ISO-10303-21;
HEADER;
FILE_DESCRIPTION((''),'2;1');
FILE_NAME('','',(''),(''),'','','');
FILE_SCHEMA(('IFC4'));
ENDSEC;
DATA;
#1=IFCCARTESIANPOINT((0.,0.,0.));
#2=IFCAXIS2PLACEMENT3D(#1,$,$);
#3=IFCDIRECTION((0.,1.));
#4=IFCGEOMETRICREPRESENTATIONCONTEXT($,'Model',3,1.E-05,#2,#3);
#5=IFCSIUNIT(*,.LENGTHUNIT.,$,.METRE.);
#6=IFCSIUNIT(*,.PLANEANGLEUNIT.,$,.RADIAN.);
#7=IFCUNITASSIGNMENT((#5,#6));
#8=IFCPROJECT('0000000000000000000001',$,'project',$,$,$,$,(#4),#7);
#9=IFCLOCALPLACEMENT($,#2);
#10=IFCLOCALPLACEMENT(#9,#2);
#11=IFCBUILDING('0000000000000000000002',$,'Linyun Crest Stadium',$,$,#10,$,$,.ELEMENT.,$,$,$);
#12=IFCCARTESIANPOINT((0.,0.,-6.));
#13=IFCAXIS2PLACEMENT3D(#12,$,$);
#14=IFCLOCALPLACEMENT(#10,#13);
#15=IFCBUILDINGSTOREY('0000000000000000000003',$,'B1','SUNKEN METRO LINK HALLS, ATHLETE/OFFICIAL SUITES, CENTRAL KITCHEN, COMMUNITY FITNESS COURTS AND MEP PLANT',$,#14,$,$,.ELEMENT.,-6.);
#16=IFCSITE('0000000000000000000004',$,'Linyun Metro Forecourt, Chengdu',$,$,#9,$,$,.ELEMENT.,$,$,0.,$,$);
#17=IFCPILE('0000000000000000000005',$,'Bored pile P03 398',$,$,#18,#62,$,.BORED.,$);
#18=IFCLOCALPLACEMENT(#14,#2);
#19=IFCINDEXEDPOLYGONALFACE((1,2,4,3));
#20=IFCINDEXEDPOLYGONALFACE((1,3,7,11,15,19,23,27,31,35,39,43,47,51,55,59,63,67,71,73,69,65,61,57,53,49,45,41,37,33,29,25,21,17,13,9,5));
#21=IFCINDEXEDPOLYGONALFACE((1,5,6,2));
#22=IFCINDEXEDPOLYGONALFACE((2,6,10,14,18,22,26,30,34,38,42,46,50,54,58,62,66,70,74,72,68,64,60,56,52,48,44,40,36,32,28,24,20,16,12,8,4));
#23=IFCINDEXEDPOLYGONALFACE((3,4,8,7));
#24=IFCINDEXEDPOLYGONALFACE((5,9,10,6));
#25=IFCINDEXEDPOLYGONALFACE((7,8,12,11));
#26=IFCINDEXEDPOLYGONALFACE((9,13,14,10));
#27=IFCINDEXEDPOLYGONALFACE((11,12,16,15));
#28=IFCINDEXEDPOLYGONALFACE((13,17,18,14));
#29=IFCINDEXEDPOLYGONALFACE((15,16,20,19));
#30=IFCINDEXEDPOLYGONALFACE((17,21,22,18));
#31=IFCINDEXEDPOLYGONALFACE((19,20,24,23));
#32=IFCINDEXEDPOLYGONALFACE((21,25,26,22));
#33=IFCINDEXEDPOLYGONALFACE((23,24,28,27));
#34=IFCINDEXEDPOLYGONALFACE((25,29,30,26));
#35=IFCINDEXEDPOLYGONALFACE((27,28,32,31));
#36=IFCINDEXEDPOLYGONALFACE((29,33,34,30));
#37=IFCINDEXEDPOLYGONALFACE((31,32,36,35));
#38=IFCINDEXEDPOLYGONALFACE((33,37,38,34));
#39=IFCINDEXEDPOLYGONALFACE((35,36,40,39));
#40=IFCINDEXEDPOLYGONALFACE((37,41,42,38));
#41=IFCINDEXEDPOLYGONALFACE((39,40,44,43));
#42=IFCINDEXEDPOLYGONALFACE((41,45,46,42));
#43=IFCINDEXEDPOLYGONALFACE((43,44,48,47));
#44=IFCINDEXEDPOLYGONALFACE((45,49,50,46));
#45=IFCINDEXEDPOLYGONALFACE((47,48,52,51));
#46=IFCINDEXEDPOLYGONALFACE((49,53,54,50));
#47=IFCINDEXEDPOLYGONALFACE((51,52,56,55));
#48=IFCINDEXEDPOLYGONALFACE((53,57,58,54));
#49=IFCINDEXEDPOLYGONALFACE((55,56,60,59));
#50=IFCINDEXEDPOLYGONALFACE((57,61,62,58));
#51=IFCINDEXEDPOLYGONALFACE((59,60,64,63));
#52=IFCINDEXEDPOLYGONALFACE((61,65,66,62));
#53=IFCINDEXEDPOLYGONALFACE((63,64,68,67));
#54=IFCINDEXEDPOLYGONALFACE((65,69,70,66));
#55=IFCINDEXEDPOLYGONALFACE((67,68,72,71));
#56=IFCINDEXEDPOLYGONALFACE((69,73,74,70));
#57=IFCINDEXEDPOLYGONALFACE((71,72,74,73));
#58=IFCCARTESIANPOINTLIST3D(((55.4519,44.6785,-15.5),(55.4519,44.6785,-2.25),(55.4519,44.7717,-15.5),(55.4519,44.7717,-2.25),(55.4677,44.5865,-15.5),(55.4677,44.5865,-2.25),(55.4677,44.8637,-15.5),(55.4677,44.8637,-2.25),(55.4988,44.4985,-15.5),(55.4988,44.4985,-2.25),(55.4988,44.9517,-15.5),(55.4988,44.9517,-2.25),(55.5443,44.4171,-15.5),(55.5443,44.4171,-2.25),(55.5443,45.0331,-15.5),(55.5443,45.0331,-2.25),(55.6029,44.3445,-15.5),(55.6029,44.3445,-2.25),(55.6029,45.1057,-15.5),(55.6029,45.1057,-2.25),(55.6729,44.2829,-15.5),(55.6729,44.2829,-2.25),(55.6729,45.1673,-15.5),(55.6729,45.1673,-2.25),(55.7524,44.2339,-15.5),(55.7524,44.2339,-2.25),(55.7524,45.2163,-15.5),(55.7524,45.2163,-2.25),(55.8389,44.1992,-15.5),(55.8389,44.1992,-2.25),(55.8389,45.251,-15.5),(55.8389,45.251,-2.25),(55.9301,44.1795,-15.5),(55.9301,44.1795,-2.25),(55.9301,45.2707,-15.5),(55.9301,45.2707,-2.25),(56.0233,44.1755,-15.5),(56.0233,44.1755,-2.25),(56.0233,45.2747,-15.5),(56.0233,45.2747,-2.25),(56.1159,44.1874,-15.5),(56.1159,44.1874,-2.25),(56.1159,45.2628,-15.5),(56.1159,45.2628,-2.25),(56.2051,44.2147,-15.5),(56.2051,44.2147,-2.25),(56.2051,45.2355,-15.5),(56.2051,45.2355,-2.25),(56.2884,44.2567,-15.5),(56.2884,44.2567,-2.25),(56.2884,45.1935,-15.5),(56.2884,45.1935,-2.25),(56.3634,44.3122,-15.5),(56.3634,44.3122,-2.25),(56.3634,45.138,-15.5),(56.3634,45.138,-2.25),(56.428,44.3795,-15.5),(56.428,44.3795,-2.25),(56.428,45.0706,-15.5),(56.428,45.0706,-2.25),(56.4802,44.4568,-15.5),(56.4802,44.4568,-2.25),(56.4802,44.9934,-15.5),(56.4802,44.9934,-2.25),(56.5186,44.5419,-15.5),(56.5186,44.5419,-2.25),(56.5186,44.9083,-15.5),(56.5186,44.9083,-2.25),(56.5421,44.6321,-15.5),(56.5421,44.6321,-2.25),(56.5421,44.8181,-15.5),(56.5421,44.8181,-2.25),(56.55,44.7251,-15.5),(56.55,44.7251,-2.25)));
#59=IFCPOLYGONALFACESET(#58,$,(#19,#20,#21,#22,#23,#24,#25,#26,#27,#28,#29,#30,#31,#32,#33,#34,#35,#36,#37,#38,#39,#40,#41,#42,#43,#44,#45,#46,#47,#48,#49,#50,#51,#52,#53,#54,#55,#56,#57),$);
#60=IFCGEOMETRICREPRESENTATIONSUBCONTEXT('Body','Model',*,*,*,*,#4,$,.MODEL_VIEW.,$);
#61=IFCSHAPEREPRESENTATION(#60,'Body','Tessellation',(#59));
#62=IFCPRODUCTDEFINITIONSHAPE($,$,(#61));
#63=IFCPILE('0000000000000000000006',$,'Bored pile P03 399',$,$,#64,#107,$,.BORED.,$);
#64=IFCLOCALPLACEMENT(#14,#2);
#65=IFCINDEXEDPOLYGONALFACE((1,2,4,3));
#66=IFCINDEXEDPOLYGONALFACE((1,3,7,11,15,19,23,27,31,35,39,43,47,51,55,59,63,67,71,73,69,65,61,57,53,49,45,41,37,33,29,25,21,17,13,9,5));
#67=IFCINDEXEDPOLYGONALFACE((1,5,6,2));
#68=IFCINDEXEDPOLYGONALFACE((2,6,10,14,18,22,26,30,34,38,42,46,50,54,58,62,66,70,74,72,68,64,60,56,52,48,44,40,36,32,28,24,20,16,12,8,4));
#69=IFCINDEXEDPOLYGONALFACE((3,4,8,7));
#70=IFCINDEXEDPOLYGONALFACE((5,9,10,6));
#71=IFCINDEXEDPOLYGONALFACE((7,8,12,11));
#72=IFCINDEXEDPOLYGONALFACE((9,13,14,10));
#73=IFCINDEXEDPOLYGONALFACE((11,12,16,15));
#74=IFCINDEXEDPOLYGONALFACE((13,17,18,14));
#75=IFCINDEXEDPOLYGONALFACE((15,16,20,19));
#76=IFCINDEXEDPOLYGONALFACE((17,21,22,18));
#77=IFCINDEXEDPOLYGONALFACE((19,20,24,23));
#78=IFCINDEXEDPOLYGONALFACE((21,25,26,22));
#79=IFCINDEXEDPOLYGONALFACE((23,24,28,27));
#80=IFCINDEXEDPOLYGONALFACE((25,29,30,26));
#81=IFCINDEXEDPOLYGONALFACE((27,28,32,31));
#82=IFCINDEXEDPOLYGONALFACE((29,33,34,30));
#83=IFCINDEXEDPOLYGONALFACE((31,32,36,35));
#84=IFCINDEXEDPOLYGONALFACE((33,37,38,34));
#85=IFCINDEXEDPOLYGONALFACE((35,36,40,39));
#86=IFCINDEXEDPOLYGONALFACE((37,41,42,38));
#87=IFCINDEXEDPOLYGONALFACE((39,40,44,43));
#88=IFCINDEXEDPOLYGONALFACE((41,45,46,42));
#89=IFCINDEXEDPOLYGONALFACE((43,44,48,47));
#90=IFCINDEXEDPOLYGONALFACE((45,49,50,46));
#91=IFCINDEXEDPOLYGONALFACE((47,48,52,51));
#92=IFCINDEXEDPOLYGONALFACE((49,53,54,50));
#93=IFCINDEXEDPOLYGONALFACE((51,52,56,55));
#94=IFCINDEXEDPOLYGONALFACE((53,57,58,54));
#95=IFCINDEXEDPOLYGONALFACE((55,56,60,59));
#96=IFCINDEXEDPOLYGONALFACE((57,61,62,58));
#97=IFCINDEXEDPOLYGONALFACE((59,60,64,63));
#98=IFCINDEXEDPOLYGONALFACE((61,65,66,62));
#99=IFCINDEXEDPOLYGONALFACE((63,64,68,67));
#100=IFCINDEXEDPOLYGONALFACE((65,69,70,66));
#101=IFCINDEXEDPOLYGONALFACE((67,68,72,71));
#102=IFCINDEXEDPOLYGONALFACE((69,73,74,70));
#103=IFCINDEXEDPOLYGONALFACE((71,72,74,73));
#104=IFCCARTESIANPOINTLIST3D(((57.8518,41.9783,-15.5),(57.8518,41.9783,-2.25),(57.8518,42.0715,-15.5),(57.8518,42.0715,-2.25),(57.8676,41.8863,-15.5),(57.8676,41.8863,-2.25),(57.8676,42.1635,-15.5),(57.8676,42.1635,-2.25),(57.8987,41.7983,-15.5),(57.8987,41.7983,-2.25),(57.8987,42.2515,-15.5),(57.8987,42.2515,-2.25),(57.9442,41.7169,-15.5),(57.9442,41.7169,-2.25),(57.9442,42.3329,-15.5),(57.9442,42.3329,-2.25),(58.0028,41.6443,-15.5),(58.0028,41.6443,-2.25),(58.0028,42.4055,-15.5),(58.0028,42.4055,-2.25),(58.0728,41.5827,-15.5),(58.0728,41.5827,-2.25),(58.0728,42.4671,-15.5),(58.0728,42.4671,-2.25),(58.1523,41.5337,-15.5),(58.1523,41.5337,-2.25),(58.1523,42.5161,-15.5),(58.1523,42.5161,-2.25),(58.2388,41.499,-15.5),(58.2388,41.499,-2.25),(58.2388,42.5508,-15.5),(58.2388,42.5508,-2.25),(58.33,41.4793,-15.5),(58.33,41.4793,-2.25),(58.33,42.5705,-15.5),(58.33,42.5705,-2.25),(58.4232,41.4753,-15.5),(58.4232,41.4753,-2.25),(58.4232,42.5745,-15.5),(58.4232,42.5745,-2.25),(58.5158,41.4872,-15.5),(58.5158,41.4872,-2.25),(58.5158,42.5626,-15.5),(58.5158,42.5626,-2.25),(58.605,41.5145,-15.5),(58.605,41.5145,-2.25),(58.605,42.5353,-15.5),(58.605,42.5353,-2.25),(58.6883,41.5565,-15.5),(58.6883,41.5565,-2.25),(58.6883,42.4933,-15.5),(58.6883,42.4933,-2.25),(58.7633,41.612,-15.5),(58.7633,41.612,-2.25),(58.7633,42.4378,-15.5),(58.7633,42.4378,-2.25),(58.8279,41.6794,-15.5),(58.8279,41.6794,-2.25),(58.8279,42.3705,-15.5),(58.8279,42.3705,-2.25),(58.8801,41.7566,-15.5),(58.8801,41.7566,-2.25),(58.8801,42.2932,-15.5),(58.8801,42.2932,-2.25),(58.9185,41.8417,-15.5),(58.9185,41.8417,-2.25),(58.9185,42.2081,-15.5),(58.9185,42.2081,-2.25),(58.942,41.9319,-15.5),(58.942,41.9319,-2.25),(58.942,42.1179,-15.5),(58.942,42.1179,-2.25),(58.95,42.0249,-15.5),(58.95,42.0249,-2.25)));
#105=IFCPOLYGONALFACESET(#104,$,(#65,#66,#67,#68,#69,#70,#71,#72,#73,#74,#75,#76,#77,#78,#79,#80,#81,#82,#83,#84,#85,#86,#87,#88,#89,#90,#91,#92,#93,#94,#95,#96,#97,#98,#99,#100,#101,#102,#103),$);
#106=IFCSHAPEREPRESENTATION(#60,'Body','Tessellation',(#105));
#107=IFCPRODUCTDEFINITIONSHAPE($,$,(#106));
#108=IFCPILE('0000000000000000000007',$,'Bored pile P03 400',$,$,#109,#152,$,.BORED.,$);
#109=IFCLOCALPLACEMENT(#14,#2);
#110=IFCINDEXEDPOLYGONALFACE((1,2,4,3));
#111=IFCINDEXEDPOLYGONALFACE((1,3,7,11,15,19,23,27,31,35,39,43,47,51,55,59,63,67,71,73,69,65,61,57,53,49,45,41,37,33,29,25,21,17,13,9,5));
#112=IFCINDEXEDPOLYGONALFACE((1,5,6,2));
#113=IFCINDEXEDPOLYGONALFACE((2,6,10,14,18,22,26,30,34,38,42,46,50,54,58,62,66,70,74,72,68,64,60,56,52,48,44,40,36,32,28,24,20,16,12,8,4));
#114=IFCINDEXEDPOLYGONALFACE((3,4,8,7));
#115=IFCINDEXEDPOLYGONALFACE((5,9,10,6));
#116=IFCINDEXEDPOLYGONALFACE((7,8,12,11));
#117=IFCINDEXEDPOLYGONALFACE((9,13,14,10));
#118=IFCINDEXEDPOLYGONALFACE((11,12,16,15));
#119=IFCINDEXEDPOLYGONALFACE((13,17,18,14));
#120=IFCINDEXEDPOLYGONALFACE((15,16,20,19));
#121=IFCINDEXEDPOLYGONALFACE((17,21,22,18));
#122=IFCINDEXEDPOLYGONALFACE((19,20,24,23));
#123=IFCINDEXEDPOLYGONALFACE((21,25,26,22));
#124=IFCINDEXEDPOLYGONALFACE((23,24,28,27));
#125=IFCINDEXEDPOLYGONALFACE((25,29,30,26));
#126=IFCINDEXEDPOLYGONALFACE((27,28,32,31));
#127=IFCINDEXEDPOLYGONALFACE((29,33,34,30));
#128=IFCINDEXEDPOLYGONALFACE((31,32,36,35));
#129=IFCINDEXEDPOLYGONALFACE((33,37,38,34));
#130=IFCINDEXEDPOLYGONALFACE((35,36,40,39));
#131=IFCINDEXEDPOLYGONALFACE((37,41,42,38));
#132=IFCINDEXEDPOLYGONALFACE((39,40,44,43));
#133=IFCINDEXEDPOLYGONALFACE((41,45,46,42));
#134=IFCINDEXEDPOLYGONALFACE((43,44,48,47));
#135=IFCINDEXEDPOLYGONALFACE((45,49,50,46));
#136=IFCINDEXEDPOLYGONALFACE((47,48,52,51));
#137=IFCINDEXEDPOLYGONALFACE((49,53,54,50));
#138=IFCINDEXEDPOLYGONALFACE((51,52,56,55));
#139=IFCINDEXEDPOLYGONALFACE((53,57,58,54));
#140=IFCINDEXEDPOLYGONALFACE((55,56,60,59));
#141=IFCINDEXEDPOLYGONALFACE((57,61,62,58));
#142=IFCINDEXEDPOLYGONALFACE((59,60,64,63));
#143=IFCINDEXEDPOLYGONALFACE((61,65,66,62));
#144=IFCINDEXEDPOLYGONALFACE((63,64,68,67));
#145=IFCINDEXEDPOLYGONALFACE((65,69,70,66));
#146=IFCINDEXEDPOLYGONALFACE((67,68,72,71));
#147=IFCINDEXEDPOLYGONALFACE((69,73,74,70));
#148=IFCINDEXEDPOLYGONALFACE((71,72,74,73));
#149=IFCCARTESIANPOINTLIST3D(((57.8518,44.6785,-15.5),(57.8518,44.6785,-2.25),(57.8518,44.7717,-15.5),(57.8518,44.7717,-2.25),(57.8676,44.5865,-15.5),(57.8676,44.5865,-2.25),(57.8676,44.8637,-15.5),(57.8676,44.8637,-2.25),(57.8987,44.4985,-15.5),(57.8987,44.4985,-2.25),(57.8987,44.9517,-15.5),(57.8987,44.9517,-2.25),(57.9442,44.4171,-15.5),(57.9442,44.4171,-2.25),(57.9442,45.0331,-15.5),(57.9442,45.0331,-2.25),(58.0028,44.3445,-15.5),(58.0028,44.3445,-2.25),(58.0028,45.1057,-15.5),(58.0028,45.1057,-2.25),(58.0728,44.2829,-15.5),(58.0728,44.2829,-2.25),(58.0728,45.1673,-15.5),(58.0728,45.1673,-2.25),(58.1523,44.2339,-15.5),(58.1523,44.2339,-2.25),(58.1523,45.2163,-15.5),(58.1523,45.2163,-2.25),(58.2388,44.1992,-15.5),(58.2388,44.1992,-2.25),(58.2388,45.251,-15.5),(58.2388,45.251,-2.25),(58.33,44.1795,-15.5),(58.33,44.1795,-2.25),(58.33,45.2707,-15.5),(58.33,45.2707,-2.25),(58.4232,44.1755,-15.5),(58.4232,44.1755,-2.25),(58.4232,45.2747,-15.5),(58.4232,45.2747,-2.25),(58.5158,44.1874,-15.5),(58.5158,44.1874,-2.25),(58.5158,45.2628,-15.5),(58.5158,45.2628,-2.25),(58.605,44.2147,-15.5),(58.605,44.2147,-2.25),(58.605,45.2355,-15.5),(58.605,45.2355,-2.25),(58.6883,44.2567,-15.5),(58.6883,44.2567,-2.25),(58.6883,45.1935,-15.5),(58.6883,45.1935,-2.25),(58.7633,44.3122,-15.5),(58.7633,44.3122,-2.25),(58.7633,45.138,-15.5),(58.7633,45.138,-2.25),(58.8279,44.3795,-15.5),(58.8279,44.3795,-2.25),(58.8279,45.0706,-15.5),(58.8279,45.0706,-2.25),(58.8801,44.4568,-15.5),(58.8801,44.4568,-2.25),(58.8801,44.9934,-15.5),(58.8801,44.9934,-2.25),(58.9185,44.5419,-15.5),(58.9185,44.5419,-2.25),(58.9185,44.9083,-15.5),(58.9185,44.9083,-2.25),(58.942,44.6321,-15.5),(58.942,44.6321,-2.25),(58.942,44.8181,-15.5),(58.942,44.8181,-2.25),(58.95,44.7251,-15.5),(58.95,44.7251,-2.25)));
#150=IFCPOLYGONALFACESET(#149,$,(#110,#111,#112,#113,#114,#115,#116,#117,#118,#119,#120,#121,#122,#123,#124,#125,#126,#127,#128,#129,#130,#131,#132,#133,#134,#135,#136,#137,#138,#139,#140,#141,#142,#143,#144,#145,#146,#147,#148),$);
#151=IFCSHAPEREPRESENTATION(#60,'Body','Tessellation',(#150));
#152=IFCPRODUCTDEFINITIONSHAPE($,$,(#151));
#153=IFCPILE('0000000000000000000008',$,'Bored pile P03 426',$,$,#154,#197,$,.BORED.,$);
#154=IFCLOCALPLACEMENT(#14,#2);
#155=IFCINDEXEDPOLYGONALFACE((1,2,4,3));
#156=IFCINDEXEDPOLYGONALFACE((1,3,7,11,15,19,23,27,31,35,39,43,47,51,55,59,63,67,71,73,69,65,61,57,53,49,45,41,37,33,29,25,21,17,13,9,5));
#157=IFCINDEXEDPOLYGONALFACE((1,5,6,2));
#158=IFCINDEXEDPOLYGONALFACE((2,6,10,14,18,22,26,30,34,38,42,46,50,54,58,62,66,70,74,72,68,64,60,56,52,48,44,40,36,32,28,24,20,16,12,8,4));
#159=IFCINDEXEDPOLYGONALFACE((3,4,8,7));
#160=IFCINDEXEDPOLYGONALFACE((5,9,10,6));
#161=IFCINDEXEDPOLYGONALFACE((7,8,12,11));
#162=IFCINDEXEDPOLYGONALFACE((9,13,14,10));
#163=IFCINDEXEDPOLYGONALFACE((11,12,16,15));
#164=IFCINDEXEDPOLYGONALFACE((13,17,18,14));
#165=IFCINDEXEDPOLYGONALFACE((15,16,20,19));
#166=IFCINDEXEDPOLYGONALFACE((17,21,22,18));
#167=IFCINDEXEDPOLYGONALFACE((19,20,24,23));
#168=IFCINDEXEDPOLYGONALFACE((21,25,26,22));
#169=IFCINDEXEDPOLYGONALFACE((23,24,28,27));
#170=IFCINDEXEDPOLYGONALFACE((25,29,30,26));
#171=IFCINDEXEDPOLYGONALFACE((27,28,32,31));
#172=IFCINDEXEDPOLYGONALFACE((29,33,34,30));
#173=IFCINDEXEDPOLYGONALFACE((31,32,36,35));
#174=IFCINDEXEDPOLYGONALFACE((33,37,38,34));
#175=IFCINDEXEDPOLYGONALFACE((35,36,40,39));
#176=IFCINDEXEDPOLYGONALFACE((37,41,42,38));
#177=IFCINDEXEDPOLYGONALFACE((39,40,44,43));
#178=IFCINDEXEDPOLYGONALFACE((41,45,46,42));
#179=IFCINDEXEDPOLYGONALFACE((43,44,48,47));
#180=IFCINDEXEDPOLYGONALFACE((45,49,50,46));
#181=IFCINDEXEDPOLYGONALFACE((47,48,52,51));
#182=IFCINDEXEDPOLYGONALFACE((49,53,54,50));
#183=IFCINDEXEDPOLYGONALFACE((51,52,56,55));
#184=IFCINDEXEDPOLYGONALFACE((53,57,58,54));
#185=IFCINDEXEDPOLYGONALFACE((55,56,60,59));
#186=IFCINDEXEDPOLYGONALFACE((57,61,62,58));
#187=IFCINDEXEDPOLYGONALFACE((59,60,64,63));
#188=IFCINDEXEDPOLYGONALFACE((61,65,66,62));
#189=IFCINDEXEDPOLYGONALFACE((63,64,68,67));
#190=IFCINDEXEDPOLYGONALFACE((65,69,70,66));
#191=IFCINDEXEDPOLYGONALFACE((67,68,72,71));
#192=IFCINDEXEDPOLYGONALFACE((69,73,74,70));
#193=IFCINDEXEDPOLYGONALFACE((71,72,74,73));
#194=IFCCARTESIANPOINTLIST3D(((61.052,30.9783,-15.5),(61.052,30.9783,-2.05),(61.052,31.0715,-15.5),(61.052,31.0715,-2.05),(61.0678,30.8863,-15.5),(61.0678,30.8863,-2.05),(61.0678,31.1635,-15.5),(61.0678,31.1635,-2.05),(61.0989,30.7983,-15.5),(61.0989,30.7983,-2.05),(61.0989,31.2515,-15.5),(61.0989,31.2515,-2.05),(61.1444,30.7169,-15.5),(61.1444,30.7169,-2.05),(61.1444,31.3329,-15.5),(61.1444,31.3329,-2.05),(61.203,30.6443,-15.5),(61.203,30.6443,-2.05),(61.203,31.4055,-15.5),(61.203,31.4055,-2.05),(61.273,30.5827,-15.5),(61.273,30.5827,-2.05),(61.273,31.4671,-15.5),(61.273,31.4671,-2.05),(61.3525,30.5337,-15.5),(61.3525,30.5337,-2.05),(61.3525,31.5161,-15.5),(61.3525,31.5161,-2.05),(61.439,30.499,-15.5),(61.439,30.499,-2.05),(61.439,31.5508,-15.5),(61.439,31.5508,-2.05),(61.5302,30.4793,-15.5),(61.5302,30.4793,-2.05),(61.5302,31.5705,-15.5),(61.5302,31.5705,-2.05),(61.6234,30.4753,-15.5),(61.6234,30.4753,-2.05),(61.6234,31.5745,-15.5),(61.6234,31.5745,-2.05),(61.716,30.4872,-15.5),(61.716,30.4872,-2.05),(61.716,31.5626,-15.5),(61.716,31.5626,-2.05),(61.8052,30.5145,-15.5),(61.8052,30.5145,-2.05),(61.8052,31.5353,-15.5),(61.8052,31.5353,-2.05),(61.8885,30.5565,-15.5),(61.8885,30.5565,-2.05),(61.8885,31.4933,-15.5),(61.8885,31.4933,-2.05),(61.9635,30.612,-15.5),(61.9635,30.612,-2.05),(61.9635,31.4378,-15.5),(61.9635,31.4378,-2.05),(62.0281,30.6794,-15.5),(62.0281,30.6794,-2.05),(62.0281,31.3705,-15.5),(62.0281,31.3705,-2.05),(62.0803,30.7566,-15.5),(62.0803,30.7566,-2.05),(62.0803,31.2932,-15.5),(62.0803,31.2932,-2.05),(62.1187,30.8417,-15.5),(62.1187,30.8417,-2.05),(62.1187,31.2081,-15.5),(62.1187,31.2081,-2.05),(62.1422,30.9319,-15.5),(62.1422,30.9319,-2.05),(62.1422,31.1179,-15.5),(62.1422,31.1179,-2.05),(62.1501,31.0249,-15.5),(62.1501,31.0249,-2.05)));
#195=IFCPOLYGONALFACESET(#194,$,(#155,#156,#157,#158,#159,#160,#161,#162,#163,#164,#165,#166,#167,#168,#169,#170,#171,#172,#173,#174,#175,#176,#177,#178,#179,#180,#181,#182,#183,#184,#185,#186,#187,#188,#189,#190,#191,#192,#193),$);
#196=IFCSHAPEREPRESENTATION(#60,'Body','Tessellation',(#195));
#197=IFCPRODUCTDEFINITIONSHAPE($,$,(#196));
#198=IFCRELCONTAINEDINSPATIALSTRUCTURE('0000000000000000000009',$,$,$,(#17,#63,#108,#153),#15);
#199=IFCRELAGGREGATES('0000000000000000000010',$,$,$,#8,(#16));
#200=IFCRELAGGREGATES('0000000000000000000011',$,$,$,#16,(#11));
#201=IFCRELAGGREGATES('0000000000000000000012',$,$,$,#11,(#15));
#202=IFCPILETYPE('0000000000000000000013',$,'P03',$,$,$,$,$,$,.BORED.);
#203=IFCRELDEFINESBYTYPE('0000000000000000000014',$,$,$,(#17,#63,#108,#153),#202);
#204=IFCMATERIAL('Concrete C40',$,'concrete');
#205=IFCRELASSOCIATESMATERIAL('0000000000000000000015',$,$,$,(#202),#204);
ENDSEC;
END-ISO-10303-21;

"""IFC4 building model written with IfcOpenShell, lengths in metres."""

from ifc_helpers import new_model, si_unit, direction, frame, origin, origin_2d, place, context, subcontext, project, spatial, circle, extrude, material, material_profile, profile_set, type_object, element, save


model = new_model("IFC4")

# Units and contexts
model_context = context("Model", 3, precision=1e-05, world=origin(), true_north=direction((0.0, 1.0)))
body_context = subcontext(model_context, "Body", "Model", "MODEL_VIEW")
ifc_project = project(units=[si_unit("LENGTHUNIT", "METRE"), si_unit("PLANEANGLEUNIT", "RADIAN")], contexts=[model_context])

# Site, building, storey
site_placement = place(None, origin())
site = spatial("IfcSite", under=ifc_project, at=site_placement, Name="Linyun Metro Forecourt, Chengdu", CompositionType="ELEMENT", RefElevation=0.0)
building_placement = place(site_placement, origin())
building = spatial("IfcBuilding", under=site, at=building_placement, Name="Linyun Crest Stadium", CompositionType="ELEMENT")
storey_placement = place(building_placement, frame((0.0, 0.0, -6.0)))
storey = spatial("IfcBuildingStorey", under=building, at=storey_placement, Name="B1", Description="SUNKEN METRO LINK HALLS, ATHLETE/OFFICIAL SUITES, CENTRAL KITCHEN, COMMUNITY FITNESS COURTS AND MEP PLANT", CompositionType="ELEMENT", Elevation=-6.0)

# Piles
ifc_material_1 = material(Name="Concrete C40", Category="concrete")
ifc_material_profile_1 = material_profile(ifc_material_1, circle(Radius=0.55, at=origin_2d()), Name="BORED PILE 1100")
ifc_profile_set_1 = profile_set([ifc_material_profile_1], Name="Concrete C40")
pile_type = type_object("IfcPileType", Name="P03", PredefinedType="BORED", material=ifc_profile_set_1)
for number, where, z_axis, x_axis, name in (
    (1, (56.0, 44.7251, -2.25), (0.0, 0.0, -1.0), (1.0, 0.0, 0.0), "Bored pile P03 398"),
    (2, (58.3999, 42.0249, -2.25), (0.0, 0.0, -1.0), (1.0, 0.0, 0.0), "Bored pile P03 399"),
    (3, (58.3999, 44.7251, -2.25), (0.0, 0.0, -1.0), (1.0, 0.0, 0.0), "Bored pile P03 400"),
):
    element("IfcPile", number, at=place(storey_placement, frame(where, z_axis=z_axis, x_axis=x_axis)), inside=storey, type_object=pile_type, Name=name, PredefinedType="BORED", context=body_context, shape_type="SweptSolid", body=[
        extrude(circle(Radius=0.55, at=origin_2d()), origin(), (0.0, 0.0, 1.0), 13.25),
    ])
for number, where, z_axis, x_axis, name in (
    (4, (61.6001, 31.0249, -2.05), (0.0, 0.0, -1.0), (1.0, 0.0, 0.0), "Bored pile P03 426"),
):
    element("IfcPile", number, at=place(storey_placement, frame(where, z_axis=z_axis, x_axis=x_axis)), inside=storey, type_object=pile_type, Name=name, PredefinedType="BORED", context=body_context, shape_type="SweptSolid", body=[
        extrude(circle(Radius=0.55, at=origin_2d()), origin(), (0.0, 0.0, 1.0), 13.45),
    ])

save(model, "model.ifc")
